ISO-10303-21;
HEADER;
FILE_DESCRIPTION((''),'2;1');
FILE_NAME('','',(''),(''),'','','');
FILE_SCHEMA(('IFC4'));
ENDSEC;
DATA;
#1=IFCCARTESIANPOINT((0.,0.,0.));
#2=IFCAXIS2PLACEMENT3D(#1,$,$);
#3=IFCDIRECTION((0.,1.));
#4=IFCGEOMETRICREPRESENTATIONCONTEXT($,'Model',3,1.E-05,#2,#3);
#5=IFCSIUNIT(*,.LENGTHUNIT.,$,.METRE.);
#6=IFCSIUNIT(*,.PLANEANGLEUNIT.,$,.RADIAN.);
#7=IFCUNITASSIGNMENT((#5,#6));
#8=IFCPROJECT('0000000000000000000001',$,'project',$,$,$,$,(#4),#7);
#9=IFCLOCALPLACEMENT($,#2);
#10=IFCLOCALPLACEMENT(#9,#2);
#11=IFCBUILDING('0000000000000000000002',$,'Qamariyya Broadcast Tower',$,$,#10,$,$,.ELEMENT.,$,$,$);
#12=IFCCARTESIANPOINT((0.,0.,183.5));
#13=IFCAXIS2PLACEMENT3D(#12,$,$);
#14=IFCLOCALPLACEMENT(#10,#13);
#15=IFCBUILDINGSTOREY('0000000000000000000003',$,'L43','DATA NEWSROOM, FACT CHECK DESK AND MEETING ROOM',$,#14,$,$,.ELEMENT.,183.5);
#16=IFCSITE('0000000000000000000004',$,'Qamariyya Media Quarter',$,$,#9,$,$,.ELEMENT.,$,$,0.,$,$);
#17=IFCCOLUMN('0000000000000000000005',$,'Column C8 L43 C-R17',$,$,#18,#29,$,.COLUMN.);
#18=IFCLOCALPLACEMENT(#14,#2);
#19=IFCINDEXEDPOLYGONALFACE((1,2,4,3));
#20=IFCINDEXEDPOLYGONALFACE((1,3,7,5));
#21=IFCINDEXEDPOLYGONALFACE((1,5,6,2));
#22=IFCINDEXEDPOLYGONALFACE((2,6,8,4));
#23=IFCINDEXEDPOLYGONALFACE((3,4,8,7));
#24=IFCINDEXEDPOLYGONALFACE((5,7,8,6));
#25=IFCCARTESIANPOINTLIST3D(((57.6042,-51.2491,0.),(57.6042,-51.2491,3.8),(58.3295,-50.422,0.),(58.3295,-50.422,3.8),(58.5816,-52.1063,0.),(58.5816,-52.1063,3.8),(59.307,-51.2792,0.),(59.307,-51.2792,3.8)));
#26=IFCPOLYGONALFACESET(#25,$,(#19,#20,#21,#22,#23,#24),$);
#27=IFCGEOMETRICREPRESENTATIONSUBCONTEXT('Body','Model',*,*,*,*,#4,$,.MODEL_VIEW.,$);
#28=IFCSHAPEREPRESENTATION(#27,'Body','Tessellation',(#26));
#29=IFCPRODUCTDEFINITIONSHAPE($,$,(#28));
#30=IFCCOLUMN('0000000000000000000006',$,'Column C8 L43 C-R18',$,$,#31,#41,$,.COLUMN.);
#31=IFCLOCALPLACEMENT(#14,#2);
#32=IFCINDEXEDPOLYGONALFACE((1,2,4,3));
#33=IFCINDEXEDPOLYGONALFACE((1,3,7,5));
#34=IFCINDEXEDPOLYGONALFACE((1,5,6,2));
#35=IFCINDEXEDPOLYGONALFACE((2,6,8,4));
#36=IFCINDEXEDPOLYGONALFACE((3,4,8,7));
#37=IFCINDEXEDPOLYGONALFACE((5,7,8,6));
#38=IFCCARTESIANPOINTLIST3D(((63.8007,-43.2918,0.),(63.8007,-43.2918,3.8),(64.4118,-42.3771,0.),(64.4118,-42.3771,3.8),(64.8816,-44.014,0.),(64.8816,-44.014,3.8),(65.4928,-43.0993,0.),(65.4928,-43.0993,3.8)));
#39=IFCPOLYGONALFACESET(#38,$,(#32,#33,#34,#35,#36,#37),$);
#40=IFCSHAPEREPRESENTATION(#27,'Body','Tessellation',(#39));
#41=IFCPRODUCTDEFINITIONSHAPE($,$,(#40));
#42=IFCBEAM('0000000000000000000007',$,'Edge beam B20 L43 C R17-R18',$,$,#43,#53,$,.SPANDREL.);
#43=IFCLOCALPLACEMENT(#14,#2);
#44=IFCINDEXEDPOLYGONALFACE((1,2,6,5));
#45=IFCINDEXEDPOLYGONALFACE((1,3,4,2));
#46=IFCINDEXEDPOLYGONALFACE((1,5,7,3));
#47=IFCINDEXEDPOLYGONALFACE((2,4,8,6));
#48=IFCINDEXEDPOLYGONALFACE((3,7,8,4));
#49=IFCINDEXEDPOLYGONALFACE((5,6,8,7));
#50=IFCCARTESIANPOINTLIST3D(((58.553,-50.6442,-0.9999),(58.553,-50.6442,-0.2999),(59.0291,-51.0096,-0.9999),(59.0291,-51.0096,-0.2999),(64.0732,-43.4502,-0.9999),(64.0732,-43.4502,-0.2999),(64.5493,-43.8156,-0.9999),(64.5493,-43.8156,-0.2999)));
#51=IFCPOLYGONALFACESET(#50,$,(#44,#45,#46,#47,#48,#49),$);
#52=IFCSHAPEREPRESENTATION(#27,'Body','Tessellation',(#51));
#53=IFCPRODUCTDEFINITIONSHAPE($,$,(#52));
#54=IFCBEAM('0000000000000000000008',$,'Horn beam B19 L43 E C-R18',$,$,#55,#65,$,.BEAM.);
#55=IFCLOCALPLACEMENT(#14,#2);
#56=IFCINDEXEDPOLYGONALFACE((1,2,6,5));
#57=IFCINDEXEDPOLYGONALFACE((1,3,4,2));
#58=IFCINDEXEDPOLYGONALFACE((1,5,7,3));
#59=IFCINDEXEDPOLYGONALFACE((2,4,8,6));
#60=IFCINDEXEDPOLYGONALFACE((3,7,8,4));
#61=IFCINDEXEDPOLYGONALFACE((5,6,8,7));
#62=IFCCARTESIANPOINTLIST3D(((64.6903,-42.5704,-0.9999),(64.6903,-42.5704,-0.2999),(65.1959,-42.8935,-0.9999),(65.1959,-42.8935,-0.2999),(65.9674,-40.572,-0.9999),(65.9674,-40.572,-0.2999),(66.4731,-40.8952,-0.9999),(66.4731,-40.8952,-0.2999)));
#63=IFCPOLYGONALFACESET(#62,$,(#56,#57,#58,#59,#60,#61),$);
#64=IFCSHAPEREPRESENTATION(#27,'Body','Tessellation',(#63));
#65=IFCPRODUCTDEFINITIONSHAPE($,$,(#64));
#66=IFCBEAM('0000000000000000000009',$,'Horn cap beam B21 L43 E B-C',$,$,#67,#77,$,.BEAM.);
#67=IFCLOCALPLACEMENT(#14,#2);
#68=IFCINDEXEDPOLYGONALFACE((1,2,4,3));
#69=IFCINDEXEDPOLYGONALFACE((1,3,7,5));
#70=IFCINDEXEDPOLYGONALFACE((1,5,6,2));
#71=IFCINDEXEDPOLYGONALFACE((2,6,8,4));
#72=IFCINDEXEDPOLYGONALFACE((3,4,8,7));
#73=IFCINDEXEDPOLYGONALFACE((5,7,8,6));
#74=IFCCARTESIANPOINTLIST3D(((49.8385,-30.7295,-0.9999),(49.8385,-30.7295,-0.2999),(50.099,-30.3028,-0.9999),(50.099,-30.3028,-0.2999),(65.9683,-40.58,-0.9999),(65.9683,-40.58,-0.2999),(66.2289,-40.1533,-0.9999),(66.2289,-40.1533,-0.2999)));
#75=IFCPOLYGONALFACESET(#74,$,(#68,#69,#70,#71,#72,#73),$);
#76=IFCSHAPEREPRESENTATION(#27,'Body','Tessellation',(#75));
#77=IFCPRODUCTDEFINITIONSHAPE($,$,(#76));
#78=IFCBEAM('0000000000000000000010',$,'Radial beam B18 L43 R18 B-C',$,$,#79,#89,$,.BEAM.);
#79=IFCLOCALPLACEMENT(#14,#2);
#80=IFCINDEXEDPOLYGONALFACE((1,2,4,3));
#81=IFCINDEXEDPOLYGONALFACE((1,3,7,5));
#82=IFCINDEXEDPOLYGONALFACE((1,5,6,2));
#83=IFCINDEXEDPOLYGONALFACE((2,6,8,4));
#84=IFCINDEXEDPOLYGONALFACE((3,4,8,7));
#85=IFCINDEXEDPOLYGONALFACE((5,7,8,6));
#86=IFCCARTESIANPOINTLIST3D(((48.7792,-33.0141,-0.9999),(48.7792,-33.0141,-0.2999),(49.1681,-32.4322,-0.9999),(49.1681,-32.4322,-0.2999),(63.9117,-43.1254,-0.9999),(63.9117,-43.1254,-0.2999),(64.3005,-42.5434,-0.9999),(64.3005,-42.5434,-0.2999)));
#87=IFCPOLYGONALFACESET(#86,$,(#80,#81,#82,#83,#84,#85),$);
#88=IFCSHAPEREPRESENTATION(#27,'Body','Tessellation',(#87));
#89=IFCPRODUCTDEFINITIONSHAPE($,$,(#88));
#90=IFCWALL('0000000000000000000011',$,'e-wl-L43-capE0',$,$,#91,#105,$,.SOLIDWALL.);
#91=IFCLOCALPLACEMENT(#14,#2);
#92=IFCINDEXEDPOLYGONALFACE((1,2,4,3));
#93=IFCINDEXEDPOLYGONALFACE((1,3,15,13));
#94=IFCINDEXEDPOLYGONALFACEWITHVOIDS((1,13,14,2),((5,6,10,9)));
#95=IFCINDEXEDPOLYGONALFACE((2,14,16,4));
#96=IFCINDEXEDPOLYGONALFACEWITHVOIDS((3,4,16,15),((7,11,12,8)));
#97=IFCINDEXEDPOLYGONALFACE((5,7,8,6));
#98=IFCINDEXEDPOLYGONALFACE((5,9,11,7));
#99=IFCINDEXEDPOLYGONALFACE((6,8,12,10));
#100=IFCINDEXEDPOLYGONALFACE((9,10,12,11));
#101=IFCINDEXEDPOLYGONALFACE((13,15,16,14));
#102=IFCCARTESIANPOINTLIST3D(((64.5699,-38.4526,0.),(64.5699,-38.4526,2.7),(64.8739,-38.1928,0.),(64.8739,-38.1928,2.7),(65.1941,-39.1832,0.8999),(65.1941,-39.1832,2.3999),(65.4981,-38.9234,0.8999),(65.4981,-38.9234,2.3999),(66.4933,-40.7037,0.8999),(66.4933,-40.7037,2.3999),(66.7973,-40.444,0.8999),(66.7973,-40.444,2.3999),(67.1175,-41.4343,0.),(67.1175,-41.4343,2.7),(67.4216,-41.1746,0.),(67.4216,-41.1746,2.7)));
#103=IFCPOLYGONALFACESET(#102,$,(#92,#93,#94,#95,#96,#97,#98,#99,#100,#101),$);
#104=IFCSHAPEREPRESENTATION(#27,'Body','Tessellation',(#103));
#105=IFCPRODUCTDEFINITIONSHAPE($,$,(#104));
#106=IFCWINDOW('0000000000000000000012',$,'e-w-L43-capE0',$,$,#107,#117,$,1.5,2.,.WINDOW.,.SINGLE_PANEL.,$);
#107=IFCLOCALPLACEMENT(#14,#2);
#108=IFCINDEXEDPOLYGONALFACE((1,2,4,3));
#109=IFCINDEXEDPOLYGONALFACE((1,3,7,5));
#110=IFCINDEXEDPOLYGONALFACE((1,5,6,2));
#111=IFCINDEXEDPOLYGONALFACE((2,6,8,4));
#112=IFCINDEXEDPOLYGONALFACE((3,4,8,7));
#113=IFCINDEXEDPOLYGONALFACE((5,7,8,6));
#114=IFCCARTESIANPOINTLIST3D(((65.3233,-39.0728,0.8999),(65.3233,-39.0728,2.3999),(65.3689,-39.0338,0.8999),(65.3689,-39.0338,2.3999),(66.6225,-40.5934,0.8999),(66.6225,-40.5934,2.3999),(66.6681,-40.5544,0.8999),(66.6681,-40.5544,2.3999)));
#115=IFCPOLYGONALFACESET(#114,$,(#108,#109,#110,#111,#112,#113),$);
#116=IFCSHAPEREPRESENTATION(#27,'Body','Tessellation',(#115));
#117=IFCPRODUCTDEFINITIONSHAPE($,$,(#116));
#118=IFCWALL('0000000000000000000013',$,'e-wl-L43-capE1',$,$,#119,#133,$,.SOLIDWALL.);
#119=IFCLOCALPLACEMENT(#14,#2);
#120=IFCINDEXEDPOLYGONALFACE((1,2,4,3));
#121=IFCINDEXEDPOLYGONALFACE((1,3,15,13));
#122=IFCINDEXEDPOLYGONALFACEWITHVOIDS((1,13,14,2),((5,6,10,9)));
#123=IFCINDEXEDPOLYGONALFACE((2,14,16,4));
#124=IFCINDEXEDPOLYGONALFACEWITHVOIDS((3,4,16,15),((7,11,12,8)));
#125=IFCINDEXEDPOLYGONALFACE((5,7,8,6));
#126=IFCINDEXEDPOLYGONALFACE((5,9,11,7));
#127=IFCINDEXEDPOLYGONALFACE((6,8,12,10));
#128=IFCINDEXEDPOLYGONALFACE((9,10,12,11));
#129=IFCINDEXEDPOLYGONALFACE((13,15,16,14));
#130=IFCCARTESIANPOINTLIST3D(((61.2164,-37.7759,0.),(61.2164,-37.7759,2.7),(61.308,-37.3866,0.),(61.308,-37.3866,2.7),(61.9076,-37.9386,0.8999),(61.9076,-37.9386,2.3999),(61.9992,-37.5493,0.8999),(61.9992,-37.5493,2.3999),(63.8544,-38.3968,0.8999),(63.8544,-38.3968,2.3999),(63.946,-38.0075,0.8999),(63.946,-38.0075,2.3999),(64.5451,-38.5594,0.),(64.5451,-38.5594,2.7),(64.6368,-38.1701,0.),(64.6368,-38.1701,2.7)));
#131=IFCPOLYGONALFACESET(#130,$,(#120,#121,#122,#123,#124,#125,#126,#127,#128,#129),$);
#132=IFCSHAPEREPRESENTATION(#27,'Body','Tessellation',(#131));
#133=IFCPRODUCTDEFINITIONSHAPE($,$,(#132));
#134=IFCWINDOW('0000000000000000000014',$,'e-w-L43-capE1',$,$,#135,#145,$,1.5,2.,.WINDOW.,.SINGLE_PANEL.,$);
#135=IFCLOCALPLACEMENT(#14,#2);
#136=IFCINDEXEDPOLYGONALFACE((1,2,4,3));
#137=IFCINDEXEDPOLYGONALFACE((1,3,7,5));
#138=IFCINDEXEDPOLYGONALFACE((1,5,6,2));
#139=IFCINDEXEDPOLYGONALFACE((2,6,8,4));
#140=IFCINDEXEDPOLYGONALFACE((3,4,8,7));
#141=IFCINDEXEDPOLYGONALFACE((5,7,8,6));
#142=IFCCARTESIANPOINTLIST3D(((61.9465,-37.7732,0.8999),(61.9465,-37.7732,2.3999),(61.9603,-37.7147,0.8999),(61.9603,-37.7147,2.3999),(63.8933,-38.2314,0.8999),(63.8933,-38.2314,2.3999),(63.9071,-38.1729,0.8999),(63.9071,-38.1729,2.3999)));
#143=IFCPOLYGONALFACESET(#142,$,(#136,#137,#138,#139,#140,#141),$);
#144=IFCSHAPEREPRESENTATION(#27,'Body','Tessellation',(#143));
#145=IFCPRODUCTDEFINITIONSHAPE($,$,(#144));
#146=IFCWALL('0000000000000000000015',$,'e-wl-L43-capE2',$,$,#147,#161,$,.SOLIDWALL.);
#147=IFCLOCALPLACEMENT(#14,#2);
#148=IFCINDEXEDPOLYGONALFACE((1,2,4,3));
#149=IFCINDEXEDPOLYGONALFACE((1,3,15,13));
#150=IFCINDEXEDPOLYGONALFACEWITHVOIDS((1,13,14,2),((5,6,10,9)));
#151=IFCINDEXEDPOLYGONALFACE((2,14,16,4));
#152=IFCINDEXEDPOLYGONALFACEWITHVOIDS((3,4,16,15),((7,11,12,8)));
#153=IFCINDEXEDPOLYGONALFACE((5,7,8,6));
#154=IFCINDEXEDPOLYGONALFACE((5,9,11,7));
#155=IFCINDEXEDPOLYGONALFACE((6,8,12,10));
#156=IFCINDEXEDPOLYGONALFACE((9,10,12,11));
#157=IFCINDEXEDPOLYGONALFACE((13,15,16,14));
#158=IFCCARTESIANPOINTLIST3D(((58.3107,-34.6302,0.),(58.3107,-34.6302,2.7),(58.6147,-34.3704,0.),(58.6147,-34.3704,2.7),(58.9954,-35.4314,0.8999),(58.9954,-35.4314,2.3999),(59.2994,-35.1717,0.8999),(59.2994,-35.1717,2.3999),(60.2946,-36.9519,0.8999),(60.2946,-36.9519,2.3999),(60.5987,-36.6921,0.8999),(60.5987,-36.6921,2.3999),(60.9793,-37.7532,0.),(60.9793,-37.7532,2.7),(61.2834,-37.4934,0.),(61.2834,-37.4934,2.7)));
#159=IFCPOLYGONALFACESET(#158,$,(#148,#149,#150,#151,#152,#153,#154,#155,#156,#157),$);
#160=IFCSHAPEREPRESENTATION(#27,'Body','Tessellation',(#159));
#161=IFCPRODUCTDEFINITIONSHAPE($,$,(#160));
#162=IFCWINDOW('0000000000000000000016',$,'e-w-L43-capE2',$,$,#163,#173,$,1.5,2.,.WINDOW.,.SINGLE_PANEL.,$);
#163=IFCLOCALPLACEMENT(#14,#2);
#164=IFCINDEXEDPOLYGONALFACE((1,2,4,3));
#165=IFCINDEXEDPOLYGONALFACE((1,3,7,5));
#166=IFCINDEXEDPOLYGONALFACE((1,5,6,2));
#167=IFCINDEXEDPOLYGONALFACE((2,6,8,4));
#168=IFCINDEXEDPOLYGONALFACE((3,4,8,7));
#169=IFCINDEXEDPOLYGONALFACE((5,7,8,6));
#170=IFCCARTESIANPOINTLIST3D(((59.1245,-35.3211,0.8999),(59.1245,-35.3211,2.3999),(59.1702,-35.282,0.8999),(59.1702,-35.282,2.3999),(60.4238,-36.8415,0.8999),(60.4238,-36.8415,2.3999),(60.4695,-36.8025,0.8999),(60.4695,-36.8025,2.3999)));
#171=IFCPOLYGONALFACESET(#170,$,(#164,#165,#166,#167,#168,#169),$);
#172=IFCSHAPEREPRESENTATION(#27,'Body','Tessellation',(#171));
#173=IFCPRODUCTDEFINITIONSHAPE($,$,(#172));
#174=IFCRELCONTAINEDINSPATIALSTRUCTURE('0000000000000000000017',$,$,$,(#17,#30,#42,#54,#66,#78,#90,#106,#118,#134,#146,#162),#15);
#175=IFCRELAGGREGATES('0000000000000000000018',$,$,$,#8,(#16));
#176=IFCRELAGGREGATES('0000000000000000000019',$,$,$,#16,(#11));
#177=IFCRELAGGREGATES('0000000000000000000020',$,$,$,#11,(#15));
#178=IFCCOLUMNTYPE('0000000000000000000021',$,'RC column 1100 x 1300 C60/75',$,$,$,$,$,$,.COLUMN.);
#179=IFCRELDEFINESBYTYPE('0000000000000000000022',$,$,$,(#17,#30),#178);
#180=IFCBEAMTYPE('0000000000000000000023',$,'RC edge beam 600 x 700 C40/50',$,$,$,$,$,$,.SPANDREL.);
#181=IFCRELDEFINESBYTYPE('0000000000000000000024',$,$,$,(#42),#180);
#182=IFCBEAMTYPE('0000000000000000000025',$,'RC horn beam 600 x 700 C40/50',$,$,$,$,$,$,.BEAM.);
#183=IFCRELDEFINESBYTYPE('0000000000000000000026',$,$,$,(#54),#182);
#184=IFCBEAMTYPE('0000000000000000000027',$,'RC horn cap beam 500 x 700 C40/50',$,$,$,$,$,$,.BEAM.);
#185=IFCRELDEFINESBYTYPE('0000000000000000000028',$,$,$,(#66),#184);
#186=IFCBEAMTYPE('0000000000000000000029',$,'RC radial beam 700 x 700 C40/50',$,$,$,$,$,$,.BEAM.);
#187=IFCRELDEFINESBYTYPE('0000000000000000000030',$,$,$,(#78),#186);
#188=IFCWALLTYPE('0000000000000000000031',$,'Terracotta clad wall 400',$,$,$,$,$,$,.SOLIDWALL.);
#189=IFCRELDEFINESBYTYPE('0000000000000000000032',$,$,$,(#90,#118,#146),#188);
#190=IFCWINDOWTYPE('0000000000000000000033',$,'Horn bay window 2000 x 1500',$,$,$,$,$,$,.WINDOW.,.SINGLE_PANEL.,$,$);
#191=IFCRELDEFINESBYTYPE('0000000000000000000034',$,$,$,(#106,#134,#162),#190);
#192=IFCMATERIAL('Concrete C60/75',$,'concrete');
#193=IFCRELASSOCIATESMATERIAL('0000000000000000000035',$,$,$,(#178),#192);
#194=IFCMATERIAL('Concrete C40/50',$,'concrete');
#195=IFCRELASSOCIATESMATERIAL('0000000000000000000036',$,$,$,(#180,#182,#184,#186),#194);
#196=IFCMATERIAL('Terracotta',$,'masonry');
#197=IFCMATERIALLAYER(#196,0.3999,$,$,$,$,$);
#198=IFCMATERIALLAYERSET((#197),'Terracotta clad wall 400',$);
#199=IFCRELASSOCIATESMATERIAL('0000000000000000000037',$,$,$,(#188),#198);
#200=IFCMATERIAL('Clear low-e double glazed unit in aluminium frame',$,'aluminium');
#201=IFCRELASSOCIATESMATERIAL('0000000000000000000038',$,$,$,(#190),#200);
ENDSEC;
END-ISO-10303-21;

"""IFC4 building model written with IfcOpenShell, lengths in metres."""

from ifc_helpers import new_model, si_unit, direction, frame, frame_2d, origin, origin_2d, place, context, subcontext, project, spatial, rectangle, extrude, material, layer, layer_set, material_profile, profile_set, type_object, element, fill, save


model = new_model("IFC4")

# Units and contexts
model_context = context("Model", 3, precision=1e-05, world=origin(), true_north=direction((0.0, 1.0)))
body_context = subcontext(model_context, "Body", "Model", "MODEL_VIEW")
ifc_project = project(units=[si_unit("LENGTHUNIT", "METRE"), si_unit("PLANEANGLEUNIT", "RADIAN")], contexts=[model_context])

# Site, building, storey
site_placement = place(None, origin())
site = spatial("IfcSite", under=ifc_project, at=site_placement, Name="Qamariyya Media Quarter", CompositionType="ELEMENT", RefElevation=0.0)
building_placement = place(site_placement, origin())
building = spatial("IfcBuilding", under=site, at=building_placement, Name="Qamariyya Broadcast Tower", CompositionType="ELEMENT")
storey_placement = place(building_placement, frame((0.0, 0.0, 183.5)))
storey = spatial("IfcBuildingStorey", under=building, at=storey_placement, Name="L43", Description="DATA NEWSROOM, FACT CHECK DESK AND MEETING ROOM", CompositionType="ELEMENT", Elevation=183.5)

# Columns
ifc_material_1 = material(Name="Concrete C60/75", Category="concrete")
ifc_material_profile_1 = material_profile(ifc_material_1, rectangle(XDim=1.1001, YDim=1.3, at=origin_2d()))
ifc_profile_set_1 = profile_set([ifc_material_profile_1], Name="Concrete C60/75")
column_type = type_object("IfcColumnType", Name="RC column 1100 x 1300 C60/75", PredefinedType="COLUMN", material=ifc_profile_set_1)
for number, where, z_axis, x_axis, name in (
    (1, (58.4556, -51.2642, 0.0), (0.0, 0.0, 1.0), (0.659346, 0.75184, 0.0), "Column C8 L43 C-R17"),
    (2, (64.6467, -43.1956, 0.0), (0.0, 0.0, 1.0), (0.55557, 0.83147, 0.0), "Column C8 L43 C-R18"),
):
    element("IfcColumn", number, at=place(storey_placement, frame(where, z_axis=z_axis, x_axis=x_axis)), inside=storey, type_object=column_type, Name=name, PredefinedType="COLUMN", context=body_context, shape_type="SweptSolid", body=[
        extrude(rectangle(XDim=1.1001, YDim=1.3, at=origin_2d()), origin(), (0.0, 0.0, 1.0), 3.8),
    ])

# Beams
ifc_material_2 = material(Name="Concrete C40/50", Category="concrete")
ifc_material_profile_2 = material_profile(ifc_material_2, rectangle(XDim=0.6001, YDim=0.7, at=origin_2d()))
ifc_profile_set_2 = profile_set([ifc_material_profile_2], Name="Concrete C40/50")
beam_type_1 = type_object("IfcBeamType", Name="RC edge beam 600 x 700 C40/50", PredefinedType="SPANDREL", material=ifc_profile_set_2)
beam_1_placement = place(storey_placement, frame((58.791, -50.8269, -0.6499), z_axis=(0.608764, 0.793351, 0.0), x_axis=(-0.793351, 0.608764, 0.0)))
element("IfcBeam", 3, at=beam_1_placement, inside=storey, type_object=beam_type_1, Name="Edge beam B20 L43 C R17-R18", PredefinedType="SPANDREL", context=body_context, shape_type="SweptSolid", body=[
    extrude(rectangle(XDim=0.6001, YDim=0.7, at=origin_2d()), origin(), (0.0, 0.0, 1.0), 9.0679),
])
ifc_material_profile_3 = material_profile(ifc_material_2, rectangle(XDim=0.6001, YDim=0.7, at=origin_2d()))
ifc_profile_set_3 = profile_set([ifc_material_profile_3], Name="Concrete C40/50")
beam_type_2 = type_object("IfcBeamType", Name="RC horn beam 600 x 700 C40/50", PredefinedType="BEAM", material=ifc_profile_set_3)
beam_2_placement = place(storey_placement, frame((64.9431, -42.7319, -0.6499), z_axis=(0.538513, 0.842617, 0.0), x_axis=(-0.842617, 0.538513, 0.0)))
element("IfcBeam", 4, at=beam_2_placement, inside=storey, type_object=beam_type_2, Name="Horn beam B19 L43 E C-R18", PredefinedType="BEAM", context=body_context, shape_type="SweptSolid", body=[
    extrude(rectangle(XDim=0.6001, YDim=0.7, at=origin_2d()), origin(), (0.0, 0.0, 1.0), 2.3716),
])
ifc_material_profile_4 = material_profile(ifc_material_2, rectangle(XDim=0.5, YDim=0.7, at=origin_2d()))
ifc_profile_set_4 = profile_set([ifc_material_profile_4], Name="Concrete C40/50")
beam_type_3 = type_object("IfcBeamType", Name="RC horn cap beam 500 x 700 C40/50", PredefinedType="BEAM", material=ifc_profile_set_4)
beam_3_placement = place(storey_placement, frame((49.9688, -30.5161, -0.6499), z_axis=(0.853436, -0.521197, 0.0), x_axis=(0.521197, 0.853436, 0.0)))
element("IfcBeam", 5, at=beam_3_placement, inside=storey, type_object=beam_type_3, Name="Horn cap beam B21 L43 E B-C", PredefinedType="BEAM", context=body_context, shape_type="SweptSolid", body=[
    extrude(rectangle(XDim=0.5, YDim=0.7, at=origin_2d()), origin(), (0.0, 0.0, 1.0), 18.8999),
])
ifc_material_profile_5 = material_profile(ifc_material_2, rectangle(XDim=0.7, YDim=0.7, at=origin_2d()))
ifc_profile_set_5 = profile_set([ifc_material_profile_5], Name="Concrete C40/50")
beam_type_4 = type_object("IfcBeamType", Name="RC radial beam 700 x 700 C40/50", PredefinedType="BEAM", material=ifc_profile_set_5)
beam_4_placement = place(storey_placement, frame((48.9736, -32.7231, -0.6499), z_axis=(0.831468, -0.555573, 0.0), x_axis=(0.555573, 0.831468, 0.0)))
element("IfcBeam", 6, at=beam_4_placement, inside=storey, type_object=beam_type_4, Name="Radial beam B18 L43 R18 B-C", PredefinedType="BEAM", context=body_context, shape_type="SweptSolid", body=[
    extrude(rectangle(XDim=0.7, YDim=0.7, at=origin_2d()), origin(), (0.0, 0.0, 1.0), 18.1997),
])

# Walls, openings, windows
ifc_material_3 = material(Name="Terracotta", Category="masonry")
ifc_layer = layer(ifc_material_3, 0.3999)
ifc_layer_set = layer_set([ifc_layer], Name="Terracotta clad wall 400")
wall_type = type_object("IfcWallType", Name="Terracotta clad wall 400", PredefinedType="SOLIDWALL", material=ifc_layer_set)
wall_1_placement = place(storey_placement, frame((67.2695, -41.3044, 0.0), z_axis=(0.0, 0.0, 1.0), x_axis=(-0.649596, 0.76028, 0.0)))
wall_1 = element("IfcWall", 7, at=wall_1_placement, inside=storey, type_object=wall_type, Name="e-wl-L43-capE0", PredefinedType="SOLIDWALL", context=body_context, shape_type="SweptSolid", body=[
    extrude(rectangle(XDim=3.9219, YDim=0.3999, at=frame_2d((1.9609, 0.0))), origin(), (0.0, 0.0, 1.0), 2.7),
])
opening_1_placement = place(wall_1_placement, frame((0.9609, 0.0, 0.8999)))
opening_1 = element("IfcOpeningElement", 8, at=opening_1_placement, cuts=wall_1, PredefinedType="OPENING", context=body_context, shape_type="SweptSolid", body=[
    extrude(rectangle(XDim=2.0, YDim=1.5, at=frame_2d((1.0, 0.75))), frame((0.0, 0.21, 0.0), z_axis=(0.0, -1.0, 0.0), x_axis=(1.0, 0.0, 0.0)), (0.0, 0.0, 1.0), 0.4199),
])
ifc_material_4 = material(Name="Clear low-e double glazed unit in aluminium frame", Category="aluminium")
window_type = type_object("IfcWindowType", Name="Horn bay window 2000 x 1500", PartitioningType="SINGLE_PANEL", PredefinedType="WINDOW", material=ifc_material_4)
window_1_placement = place(opening_1_placement, origin())
window_1 = element("IfcWindow", 9, at=window_1_placement, inside=storey, type_object=window_type, Name="e-w-L43-capE0", OverallHeight=1.5, OverallWidth=2.0, PartitioningType="SINGLE_PANEL", PredefinedType="WINDOW", context=body_context, shape_type="SweptSolid", body=[
    extrude(rectangle(XDim=2.0, YDim=1.5, at=frame_2d((1.0, 0.75))), frame((0.0, 0.03, 0.0), z_axis=(0.0, -1.0, 0.0), x_axis=(1.0, 0.0, 0.0)), (0.0, 0.0, 1.0), 0.0601),
])
fill(opening_1, window_1)
wall_2_placement = place(storey_placement, frame((64.5911, -38.3647, 0.0), z_axis=(0.0, 0.0, 1.0), x_axis=(-0.973401, 0.229107, 0.0)))
wall_2 = element("IfcWall", 10, at=wall_2_placement, inside=storey, type_object=wall_type, Name="e-wl-L43-capE1", PredefinedType="SOLIDWALL", context=body_context, shape_type="SweptSolid", body=[
    extrude(rectangle(XDim=3.4197, YDim=0.3999, at=frame_2d((1.71, 0.0))), origin(), (0.0, 0.0, 1.0), 2.7),
])
opening_2_placement = place(wall_2_placement, frame((0.7097, 0.0, 0.8999)))
opening_2 = element("IfcOpeningElement", 11, at=opening_2_placement, cuts=wall_2, PredefinedType="OPENING", context=body_context, shape_type="SweptSolid", body=[
    extrude(rectangle(XDim=2.0, YDim=1.5, at=frame_2d((1.0, 0.75))), frame((0.0, 0.21, 0.0), z_axis=(0.0, -1.0, 0.0), x_axis=(1.0, 0.0, 0.0)), (0.0, 0.0, 1.0), 0.4199),
])
window_2_placement = place(opening_2_placement, origin())
window_2 = element("IfcWindow", 12, at=window_2_placement, inside=storey, type_object=window_type, Name="e-w-L43-capE1", OverallHeight=1.5, OverallWidth=2.0, PartitioningType="SINGLE_PANEL", PredefinedType="WINDOW", context=body_context, shape_type="SweptSolid", body=[
    extrude(rectangle(XDim=2.0, YDim=1.5, at=frame_2d((1.0, 0.75))), frame((0.0, 0.03, 0.0), z_axis=(0.0, -1.0, 0.0), x_axis=(1.0, 0.0, 0.0)), (0.0, 0.0, 1.0), 0.0601),
])
fill(opening_2, window_2)
wall_3_placement = place(storey_placement, frame((61.1313, -37.6233, 0.0), z_axis=(0.0, 0.0, 1.0), x_axis=(-0.64964, 0.760242, 0.0)))
wall_3 = element("IfcWall", 13, at=wall_3_placement, inside=storey, type_object=wall_type, Name="e-wl-L43-capE2", PredefinedType="SOLIDWALL", context=body_context, shape_type="SweptSolid", body=[
    extrude(rectangle(XDim=4.1079, YDim=0.3999, at=frame_2d((2.054, 0.0))), origin(), (0.0, 0.0, 1.0), 2.7),
])
opening_3_placement = place(wall_3_placement, frame((1.054, 0.0, 0.8999)))
opening_3 = element("IfcOpeningElement", 14, at=opening_3_placement, cuts=wall_3, PredefinedType="OPENING", context=body_context, shape_type="SweptSolid", body=[
    extrude(rectangle(XDim=2.0, YDim=1.5, at=frame_2d((1.0, 0.75))), frame((0.0, 0.21, 0.0), z_axis=(0.0, -1.0, 0.0), x_axis=(1.0, 0.0, 0.0)), (0.0, 0.0, 1.0), 0.4199),
])
window_3_placement = place(opening_3_placement, origin())
window_3 = element("IfcWindow", 15, at=window_3_placement, inside=storey, type_object=window_type, Name="e-w-L43-capE2", OverallHeight=1.5, OverallWidth=2.0, PartitioningType="SINGLE_PANEL", PredefinedType="WINDOW", context=body_context, shape_type="SweptSolid", body=[
    extrude(rectangle(XDim=2.0, YDim=1.5, at=frame_2d((1.0, 0.75))), frame((0.0, 0.03, 0.0), z_axis=(0.0, -1.0, 0.0), x_axis=(1.0, 0.0, 0.0)), (0.0, 0.0, 1.0), 0.0601),
])
fill(opening_3, window_3)

save(model, "model.ifc")
